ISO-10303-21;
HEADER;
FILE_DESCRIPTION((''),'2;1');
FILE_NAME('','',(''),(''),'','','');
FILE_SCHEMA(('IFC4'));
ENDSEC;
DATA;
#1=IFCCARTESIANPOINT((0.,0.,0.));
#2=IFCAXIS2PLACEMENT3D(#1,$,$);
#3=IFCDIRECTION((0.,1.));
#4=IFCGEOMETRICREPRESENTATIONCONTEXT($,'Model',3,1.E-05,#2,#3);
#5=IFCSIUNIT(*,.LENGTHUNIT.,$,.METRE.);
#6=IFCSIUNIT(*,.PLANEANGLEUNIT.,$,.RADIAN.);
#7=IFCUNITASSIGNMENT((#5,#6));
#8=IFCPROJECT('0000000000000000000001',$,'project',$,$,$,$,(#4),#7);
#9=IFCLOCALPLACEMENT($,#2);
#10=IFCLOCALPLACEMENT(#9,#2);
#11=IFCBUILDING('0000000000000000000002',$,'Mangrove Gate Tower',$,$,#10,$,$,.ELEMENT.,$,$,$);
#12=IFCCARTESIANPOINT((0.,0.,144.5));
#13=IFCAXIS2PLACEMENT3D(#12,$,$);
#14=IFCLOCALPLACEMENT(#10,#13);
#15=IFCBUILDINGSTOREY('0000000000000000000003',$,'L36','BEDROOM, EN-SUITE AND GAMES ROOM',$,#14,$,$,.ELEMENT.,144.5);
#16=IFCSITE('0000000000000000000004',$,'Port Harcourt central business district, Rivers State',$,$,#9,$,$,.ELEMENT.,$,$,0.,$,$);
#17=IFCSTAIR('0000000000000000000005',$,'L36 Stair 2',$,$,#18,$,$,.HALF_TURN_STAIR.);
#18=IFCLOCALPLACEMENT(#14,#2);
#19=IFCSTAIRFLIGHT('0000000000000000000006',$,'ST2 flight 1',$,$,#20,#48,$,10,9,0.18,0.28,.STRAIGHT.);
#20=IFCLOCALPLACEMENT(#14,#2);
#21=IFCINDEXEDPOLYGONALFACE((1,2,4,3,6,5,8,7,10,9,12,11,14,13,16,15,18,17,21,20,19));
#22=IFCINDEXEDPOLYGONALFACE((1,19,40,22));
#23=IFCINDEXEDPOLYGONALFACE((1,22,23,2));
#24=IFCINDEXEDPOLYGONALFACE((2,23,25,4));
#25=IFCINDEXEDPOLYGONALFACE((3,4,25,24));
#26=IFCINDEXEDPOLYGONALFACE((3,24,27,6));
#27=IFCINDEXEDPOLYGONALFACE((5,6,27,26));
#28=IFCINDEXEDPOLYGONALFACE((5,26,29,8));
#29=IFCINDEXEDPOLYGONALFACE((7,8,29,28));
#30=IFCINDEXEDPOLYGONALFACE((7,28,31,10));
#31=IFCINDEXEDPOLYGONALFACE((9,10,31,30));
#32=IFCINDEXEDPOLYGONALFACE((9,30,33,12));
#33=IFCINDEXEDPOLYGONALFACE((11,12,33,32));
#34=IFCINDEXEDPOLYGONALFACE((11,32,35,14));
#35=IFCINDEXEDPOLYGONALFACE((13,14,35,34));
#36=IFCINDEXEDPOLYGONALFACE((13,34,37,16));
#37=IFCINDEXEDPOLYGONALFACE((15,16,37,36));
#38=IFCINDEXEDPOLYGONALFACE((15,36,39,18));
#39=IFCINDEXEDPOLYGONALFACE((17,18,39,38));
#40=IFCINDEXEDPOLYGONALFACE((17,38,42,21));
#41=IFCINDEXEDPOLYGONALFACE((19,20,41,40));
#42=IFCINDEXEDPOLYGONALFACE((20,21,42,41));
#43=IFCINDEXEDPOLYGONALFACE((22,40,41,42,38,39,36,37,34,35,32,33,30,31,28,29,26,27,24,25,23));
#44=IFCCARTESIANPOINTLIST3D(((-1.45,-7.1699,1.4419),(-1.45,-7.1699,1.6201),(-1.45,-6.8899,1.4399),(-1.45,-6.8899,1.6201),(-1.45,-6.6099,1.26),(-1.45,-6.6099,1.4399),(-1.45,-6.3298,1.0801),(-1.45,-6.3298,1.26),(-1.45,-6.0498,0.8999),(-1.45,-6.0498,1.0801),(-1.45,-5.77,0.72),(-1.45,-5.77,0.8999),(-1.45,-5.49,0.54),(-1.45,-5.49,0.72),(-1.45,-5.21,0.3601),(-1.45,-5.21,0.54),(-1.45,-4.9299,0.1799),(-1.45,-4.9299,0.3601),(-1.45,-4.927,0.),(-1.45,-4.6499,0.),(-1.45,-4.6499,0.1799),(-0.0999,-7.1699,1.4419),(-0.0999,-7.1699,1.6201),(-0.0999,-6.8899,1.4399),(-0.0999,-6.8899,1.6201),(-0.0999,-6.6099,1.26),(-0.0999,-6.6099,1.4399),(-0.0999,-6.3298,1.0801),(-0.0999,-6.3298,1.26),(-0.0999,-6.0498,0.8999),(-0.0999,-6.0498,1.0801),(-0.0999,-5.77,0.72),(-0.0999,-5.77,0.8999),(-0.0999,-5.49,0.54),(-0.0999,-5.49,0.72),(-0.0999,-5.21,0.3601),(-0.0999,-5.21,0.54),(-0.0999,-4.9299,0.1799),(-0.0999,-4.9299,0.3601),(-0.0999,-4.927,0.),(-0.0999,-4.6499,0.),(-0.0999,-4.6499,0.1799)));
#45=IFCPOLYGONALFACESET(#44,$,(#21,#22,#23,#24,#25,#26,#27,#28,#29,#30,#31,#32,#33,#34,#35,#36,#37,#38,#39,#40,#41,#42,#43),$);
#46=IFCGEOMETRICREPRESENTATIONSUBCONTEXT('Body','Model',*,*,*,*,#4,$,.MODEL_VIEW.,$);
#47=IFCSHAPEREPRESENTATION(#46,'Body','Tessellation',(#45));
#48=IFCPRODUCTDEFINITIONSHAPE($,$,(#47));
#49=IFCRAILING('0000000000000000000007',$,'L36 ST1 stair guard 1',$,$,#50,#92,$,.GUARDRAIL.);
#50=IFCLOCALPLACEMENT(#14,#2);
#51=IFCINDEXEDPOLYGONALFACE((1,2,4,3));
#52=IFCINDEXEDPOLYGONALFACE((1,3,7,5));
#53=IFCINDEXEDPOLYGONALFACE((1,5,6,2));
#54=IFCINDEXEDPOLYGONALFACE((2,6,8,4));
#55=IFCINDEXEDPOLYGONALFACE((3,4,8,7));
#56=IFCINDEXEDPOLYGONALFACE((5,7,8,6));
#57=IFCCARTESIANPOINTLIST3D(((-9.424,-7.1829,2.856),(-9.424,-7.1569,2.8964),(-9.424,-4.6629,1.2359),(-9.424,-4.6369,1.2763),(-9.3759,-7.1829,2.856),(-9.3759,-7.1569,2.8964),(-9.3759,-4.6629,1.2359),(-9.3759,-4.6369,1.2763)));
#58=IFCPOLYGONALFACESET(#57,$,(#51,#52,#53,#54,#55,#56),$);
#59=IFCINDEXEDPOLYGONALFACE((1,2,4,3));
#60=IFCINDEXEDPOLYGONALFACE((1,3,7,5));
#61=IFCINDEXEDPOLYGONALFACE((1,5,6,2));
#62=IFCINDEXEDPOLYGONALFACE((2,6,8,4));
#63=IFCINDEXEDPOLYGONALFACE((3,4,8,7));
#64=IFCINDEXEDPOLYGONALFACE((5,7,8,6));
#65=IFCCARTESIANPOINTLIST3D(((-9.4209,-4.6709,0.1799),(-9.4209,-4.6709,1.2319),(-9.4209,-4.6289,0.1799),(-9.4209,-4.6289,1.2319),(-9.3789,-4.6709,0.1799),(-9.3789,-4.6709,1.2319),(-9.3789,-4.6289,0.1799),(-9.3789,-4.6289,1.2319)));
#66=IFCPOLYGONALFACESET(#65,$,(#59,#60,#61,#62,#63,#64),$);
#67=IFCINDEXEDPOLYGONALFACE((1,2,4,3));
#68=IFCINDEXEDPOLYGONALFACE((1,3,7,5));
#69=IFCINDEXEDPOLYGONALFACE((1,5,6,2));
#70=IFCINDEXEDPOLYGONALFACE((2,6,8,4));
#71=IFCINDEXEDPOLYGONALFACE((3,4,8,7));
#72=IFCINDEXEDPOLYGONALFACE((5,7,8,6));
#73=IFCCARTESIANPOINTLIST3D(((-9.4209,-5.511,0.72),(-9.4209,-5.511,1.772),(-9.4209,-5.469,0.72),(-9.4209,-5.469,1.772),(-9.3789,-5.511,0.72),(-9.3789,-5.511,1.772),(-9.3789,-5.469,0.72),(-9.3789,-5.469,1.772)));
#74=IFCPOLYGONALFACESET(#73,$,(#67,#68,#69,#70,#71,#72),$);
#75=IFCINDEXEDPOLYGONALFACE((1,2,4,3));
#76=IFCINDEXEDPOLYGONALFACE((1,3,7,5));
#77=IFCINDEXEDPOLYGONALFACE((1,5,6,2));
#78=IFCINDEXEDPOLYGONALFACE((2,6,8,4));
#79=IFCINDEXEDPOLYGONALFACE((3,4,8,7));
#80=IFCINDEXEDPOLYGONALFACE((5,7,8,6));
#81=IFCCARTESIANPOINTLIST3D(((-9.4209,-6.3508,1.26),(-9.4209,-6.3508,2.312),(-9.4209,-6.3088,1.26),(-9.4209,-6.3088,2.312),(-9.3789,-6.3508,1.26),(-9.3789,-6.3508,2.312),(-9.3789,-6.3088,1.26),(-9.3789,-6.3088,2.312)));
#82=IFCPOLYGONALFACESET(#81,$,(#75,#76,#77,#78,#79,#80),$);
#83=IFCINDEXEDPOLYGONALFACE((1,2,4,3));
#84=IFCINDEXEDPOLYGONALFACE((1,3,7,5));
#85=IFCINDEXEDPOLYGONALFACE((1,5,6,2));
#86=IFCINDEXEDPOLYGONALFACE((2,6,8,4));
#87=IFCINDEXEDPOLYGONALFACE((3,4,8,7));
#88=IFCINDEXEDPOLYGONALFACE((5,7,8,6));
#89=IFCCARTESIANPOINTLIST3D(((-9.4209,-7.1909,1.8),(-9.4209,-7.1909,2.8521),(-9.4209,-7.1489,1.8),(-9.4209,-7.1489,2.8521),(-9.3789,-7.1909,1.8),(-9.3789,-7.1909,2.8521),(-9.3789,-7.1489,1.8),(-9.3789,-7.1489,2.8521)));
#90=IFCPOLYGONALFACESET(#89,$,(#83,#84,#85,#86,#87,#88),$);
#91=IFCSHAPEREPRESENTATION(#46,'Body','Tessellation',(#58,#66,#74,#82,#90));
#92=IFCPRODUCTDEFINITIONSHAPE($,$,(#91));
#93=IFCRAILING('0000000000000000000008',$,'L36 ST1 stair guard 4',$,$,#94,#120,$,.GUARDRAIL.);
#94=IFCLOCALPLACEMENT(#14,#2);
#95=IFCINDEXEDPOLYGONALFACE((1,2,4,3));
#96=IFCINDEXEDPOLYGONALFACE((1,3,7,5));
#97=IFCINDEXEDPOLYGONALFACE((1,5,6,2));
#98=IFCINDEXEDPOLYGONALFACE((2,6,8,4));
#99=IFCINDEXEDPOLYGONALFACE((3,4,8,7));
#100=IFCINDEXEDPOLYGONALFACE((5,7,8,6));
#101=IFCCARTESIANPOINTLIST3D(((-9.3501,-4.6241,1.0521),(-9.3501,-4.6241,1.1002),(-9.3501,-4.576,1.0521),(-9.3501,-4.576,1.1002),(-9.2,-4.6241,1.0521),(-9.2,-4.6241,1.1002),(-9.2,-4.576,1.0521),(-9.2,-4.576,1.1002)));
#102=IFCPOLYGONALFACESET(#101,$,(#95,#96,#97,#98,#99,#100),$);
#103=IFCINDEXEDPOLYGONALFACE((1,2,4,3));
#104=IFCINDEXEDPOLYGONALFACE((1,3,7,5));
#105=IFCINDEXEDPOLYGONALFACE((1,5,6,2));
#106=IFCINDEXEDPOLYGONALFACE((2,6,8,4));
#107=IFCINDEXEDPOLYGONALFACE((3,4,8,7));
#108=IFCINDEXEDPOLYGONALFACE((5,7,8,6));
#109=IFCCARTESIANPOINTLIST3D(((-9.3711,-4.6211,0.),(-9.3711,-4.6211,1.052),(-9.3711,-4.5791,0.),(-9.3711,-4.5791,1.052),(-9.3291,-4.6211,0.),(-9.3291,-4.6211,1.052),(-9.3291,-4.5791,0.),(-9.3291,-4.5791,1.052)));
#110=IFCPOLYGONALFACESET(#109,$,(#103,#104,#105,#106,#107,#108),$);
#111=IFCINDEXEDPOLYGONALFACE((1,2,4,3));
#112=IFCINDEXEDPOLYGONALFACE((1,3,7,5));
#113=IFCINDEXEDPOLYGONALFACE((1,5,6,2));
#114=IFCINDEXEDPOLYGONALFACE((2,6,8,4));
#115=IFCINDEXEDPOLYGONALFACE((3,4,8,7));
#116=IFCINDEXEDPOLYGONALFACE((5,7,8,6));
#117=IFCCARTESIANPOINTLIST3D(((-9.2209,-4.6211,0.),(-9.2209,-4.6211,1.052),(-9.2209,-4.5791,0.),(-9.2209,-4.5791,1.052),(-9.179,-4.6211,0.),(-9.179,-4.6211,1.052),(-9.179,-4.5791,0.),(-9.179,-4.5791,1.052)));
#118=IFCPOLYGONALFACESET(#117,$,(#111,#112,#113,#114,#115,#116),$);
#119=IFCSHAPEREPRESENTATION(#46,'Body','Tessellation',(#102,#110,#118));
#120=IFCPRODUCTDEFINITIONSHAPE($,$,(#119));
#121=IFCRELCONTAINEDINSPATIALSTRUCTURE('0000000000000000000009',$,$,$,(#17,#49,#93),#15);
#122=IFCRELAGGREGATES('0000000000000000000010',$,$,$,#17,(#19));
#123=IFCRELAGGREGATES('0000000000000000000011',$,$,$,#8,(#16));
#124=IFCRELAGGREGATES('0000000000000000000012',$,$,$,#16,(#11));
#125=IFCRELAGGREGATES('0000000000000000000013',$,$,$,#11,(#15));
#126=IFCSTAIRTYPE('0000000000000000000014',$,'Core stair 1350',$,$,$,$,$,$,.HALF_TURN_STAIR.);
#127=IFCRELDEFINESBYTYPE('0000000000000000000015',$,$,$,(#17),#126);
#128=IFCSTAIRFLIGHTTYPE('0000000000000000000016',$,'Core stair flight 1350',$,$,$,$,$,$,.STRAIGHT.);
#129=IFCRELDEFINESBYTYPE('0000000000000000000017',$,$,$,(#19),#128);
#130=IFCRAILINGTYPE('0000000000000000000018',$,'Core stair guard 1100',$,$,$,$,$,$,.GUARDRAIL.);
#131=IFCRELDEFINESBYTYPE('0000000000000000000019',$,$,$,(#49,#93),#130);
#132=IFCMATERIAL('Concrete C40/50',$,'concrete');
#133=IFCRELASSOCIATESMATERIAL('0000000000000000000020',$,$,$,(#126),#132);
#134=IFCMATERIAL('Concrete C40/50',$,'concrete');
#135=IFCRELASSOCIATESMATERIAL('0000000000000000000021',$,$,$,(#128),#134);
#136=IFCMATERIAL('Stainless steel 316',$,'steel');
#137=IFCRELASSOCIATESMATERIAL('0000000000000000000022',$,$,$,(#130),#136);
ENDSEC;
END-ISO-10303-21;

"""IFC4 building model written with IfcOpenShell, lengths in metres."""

from ifc_helpers import new_model, si_unit, direction, frame, origin, origin_2d, place, context, subcontext, project, spatial, polyline, rectangle, outline, extrude, material, type_object, element, aggregate, save


model = new_model("IFC4")

# Units and contexts
model_context = context("Model", 3, precision=1e-05, world=origin(), true_north=direction((0.0, 1.0)))
body_context = subcontext(model_context, "Body", "Model", "MODEL_VIEW")
ifc_project = project(units=[si_unit("LENGTHUNIT", "METRE"), si_unit("PLANEANGLEUNIT", "RADIAN")], contexts=[model_context])

# Site, building, storey
site_placement = place(None, origin())
site = spatial("IfcSite", under=ifc_project, at=site_placement, Name="Port Harcourt central business district, Rivers State", CompositionType="ELEMENT", RefElevation=0.0)
building_placement = place(site_placement, origin())
building = spatial("IfcBuilding", under=site, at=building_placement, Name="Mangrove Gate Tower", CompositionType="ELEMENT")
storey_placement = place(building_placement, frame((0.0, 0.0, 144.5)))
storey = spatial("IfcBuildingStorey", under=building, at=storey_placement, Name="L36", Description="BEDROOM, EN-SUITE AND GAMES ROOM", CompositionType="ELEMENT", Elevation=144.5)

# Stair, stair flight
ifc_material_1 = material(Name="Concrete C40/50", Category="concrete")
stair_type = type_object("IfcStairType", Name="Core stair 1350", PredefinedType="HALF_TURN_STAIR", material=ifc_material_1)
ifc_material_2 = material(Name="Concrete C40/50", Category="concrete")
stair_flight_type = type_object("IfcStairFlightType", Name="Core stair flight 1350", PredefinedType="STRAIGHT", material=ifc_material_2)
stair_1_placement = place(storey_placement, origin())
stair_1 = element("IfcStair", 1, at=stair_1_placement, inside=storey, type_object=stair_type, Name="L36 Stair 2", PredefinedType="HALF_TURN_STAIR")
stair_flight_1_placement = place(storey_placement, frame((-0.7749, -4.6499, 0.0), z_axis=(0.0, 0.0, 1.0), x_axis=(0.0, -1.0, 0.0)))
stair_flight_1 = element("IfcStairFlight", 2, at=stair_flight_1_placement, type_object=stair_flight_type, Name="ST2 flight 1", NumberOfRisers=10, NumberOfTreads=9, PredefinedType="STRAIGHT", RiserHeight=0.18, TreadLength=0.28, context=body_context, shape_type="SweptSolid", body=[
    extrude(outline(polyline([(0.0, 0.0), (0.0, 0.1799), (0.28, 0.1799), (0.28, 0.3601), (0.5601, 0.3601), (0.5601, 0.54), (0.8401, 0.54), (0.8401, 0.72), (1.1201, 0.72), (1.1201, 0.8999), (1.3999, 0.8999), (1.3999, 1.0801), (1.6799, 1.0801), (1.6799, 1.26), (1.96, 1.26), (1.96, 1.4399), (2.24, 1.4399), (2.24, 1.6201), (2.52, 1.6201), (2.52, 1.8), (2.52, 1.4419), (0.2771, 0.0), (0.0, 0.0)])), frame((0.0, 0.675, 0.0), z_axis=(0.0, -1.0, 0.0), x_axis=(1.0, 0.0, 0.0)), (0.0, 0.0, 1.0), 1.3501),
])
aggregate(stair_1, [stair_flight_1])

# Railings
ifc_material_3 = material(Name="Stainless steel 316", Category="steel")
railing_type_1 = type_object("IfcRailingType", Name="Core stair guard 1100", PredefinedType="GUARDRAIL", material=ifc_material_3)
railing_1_placement = place(storey_placement, frame((-9.3999, -4.6499, 0.1799)))
element("IfcRailing", 3, at=railing_1_placement, inside=storey, type_object=railing_type_1, Name="L36 ST1 stair guard 1", PredefinedType="GUARDRAIL", context=body_context, shape_type="SweptSolid", body=[
    extrude(rectangle(XDim=0.0481, YDim=0.0481, at=origin_2d()), frame((0.0, 0.0, 1.0762), z_axis=(0.0, -0.841163, 0.540782), x_axis=(1.0, 0.0, 0.0)), (0.0, 0.0, 1.0), 2.9958),
    extrude(rectangle(XDim=0.042, YDim=0.042, at=origin_2d()), origin(), (0.0, 0.0, 1.0), 1.052),
    extrude(rectangle(XDim=0.042, YDim=0.042, at=origin_2d()), frame((0.0, -0.8401, 0.54)), (0.0, 0.0, 1.0), 1.052),
    extrude(rectangle(XDim=0.042, YDim=0.042, at=origin_2d()), frame((0.0, -1.6799, 1.0801)), (0.0, 0.0, 1.0), 1.052),
    extrude(rectangle(XDim=0.042, YDim=0.042, at=origin_2d()), frame((0.0, -2.52, 1.6201)), (0.0, 0.0, 1.0), 1.052),
])
railing_2_placement = place(storey_placement, frame((-9.3501, -4.6001, 0.0)))
element("IfcRailing", 4, at=railing_2_placement, inside=storey, type_object=railing_type_1, Name="L36 ST1 stair guard 4", PredefinedType="GUARDRAIL", context=body_context, shape_type="SweptSolid", body=[
    extrude(rectangle(XDim=0.0481, YDim=0.0481, at=origin_2d()), frame((0.0, 0.0, 1.0762), z_axis=(1.0, 0.0, 0.0), x_axis=(0.0, 1.0, 0.0)), (0.0, 0.0, 1.0), 0.1501),
    extrude(rectangle(XDim=0.042, YDim=0.042, at=origin_2d()), origin(), (0.0, 0.0, 1.0), 1.052),
    extrude(rectangle(XDim=0.042, YDim=0.042, at=origin_2d()), frame((0.1501, 0.0, 0.0)), (0.0, 0.0, 1.0), 1.052),
])

save(model, "model.ifc")
